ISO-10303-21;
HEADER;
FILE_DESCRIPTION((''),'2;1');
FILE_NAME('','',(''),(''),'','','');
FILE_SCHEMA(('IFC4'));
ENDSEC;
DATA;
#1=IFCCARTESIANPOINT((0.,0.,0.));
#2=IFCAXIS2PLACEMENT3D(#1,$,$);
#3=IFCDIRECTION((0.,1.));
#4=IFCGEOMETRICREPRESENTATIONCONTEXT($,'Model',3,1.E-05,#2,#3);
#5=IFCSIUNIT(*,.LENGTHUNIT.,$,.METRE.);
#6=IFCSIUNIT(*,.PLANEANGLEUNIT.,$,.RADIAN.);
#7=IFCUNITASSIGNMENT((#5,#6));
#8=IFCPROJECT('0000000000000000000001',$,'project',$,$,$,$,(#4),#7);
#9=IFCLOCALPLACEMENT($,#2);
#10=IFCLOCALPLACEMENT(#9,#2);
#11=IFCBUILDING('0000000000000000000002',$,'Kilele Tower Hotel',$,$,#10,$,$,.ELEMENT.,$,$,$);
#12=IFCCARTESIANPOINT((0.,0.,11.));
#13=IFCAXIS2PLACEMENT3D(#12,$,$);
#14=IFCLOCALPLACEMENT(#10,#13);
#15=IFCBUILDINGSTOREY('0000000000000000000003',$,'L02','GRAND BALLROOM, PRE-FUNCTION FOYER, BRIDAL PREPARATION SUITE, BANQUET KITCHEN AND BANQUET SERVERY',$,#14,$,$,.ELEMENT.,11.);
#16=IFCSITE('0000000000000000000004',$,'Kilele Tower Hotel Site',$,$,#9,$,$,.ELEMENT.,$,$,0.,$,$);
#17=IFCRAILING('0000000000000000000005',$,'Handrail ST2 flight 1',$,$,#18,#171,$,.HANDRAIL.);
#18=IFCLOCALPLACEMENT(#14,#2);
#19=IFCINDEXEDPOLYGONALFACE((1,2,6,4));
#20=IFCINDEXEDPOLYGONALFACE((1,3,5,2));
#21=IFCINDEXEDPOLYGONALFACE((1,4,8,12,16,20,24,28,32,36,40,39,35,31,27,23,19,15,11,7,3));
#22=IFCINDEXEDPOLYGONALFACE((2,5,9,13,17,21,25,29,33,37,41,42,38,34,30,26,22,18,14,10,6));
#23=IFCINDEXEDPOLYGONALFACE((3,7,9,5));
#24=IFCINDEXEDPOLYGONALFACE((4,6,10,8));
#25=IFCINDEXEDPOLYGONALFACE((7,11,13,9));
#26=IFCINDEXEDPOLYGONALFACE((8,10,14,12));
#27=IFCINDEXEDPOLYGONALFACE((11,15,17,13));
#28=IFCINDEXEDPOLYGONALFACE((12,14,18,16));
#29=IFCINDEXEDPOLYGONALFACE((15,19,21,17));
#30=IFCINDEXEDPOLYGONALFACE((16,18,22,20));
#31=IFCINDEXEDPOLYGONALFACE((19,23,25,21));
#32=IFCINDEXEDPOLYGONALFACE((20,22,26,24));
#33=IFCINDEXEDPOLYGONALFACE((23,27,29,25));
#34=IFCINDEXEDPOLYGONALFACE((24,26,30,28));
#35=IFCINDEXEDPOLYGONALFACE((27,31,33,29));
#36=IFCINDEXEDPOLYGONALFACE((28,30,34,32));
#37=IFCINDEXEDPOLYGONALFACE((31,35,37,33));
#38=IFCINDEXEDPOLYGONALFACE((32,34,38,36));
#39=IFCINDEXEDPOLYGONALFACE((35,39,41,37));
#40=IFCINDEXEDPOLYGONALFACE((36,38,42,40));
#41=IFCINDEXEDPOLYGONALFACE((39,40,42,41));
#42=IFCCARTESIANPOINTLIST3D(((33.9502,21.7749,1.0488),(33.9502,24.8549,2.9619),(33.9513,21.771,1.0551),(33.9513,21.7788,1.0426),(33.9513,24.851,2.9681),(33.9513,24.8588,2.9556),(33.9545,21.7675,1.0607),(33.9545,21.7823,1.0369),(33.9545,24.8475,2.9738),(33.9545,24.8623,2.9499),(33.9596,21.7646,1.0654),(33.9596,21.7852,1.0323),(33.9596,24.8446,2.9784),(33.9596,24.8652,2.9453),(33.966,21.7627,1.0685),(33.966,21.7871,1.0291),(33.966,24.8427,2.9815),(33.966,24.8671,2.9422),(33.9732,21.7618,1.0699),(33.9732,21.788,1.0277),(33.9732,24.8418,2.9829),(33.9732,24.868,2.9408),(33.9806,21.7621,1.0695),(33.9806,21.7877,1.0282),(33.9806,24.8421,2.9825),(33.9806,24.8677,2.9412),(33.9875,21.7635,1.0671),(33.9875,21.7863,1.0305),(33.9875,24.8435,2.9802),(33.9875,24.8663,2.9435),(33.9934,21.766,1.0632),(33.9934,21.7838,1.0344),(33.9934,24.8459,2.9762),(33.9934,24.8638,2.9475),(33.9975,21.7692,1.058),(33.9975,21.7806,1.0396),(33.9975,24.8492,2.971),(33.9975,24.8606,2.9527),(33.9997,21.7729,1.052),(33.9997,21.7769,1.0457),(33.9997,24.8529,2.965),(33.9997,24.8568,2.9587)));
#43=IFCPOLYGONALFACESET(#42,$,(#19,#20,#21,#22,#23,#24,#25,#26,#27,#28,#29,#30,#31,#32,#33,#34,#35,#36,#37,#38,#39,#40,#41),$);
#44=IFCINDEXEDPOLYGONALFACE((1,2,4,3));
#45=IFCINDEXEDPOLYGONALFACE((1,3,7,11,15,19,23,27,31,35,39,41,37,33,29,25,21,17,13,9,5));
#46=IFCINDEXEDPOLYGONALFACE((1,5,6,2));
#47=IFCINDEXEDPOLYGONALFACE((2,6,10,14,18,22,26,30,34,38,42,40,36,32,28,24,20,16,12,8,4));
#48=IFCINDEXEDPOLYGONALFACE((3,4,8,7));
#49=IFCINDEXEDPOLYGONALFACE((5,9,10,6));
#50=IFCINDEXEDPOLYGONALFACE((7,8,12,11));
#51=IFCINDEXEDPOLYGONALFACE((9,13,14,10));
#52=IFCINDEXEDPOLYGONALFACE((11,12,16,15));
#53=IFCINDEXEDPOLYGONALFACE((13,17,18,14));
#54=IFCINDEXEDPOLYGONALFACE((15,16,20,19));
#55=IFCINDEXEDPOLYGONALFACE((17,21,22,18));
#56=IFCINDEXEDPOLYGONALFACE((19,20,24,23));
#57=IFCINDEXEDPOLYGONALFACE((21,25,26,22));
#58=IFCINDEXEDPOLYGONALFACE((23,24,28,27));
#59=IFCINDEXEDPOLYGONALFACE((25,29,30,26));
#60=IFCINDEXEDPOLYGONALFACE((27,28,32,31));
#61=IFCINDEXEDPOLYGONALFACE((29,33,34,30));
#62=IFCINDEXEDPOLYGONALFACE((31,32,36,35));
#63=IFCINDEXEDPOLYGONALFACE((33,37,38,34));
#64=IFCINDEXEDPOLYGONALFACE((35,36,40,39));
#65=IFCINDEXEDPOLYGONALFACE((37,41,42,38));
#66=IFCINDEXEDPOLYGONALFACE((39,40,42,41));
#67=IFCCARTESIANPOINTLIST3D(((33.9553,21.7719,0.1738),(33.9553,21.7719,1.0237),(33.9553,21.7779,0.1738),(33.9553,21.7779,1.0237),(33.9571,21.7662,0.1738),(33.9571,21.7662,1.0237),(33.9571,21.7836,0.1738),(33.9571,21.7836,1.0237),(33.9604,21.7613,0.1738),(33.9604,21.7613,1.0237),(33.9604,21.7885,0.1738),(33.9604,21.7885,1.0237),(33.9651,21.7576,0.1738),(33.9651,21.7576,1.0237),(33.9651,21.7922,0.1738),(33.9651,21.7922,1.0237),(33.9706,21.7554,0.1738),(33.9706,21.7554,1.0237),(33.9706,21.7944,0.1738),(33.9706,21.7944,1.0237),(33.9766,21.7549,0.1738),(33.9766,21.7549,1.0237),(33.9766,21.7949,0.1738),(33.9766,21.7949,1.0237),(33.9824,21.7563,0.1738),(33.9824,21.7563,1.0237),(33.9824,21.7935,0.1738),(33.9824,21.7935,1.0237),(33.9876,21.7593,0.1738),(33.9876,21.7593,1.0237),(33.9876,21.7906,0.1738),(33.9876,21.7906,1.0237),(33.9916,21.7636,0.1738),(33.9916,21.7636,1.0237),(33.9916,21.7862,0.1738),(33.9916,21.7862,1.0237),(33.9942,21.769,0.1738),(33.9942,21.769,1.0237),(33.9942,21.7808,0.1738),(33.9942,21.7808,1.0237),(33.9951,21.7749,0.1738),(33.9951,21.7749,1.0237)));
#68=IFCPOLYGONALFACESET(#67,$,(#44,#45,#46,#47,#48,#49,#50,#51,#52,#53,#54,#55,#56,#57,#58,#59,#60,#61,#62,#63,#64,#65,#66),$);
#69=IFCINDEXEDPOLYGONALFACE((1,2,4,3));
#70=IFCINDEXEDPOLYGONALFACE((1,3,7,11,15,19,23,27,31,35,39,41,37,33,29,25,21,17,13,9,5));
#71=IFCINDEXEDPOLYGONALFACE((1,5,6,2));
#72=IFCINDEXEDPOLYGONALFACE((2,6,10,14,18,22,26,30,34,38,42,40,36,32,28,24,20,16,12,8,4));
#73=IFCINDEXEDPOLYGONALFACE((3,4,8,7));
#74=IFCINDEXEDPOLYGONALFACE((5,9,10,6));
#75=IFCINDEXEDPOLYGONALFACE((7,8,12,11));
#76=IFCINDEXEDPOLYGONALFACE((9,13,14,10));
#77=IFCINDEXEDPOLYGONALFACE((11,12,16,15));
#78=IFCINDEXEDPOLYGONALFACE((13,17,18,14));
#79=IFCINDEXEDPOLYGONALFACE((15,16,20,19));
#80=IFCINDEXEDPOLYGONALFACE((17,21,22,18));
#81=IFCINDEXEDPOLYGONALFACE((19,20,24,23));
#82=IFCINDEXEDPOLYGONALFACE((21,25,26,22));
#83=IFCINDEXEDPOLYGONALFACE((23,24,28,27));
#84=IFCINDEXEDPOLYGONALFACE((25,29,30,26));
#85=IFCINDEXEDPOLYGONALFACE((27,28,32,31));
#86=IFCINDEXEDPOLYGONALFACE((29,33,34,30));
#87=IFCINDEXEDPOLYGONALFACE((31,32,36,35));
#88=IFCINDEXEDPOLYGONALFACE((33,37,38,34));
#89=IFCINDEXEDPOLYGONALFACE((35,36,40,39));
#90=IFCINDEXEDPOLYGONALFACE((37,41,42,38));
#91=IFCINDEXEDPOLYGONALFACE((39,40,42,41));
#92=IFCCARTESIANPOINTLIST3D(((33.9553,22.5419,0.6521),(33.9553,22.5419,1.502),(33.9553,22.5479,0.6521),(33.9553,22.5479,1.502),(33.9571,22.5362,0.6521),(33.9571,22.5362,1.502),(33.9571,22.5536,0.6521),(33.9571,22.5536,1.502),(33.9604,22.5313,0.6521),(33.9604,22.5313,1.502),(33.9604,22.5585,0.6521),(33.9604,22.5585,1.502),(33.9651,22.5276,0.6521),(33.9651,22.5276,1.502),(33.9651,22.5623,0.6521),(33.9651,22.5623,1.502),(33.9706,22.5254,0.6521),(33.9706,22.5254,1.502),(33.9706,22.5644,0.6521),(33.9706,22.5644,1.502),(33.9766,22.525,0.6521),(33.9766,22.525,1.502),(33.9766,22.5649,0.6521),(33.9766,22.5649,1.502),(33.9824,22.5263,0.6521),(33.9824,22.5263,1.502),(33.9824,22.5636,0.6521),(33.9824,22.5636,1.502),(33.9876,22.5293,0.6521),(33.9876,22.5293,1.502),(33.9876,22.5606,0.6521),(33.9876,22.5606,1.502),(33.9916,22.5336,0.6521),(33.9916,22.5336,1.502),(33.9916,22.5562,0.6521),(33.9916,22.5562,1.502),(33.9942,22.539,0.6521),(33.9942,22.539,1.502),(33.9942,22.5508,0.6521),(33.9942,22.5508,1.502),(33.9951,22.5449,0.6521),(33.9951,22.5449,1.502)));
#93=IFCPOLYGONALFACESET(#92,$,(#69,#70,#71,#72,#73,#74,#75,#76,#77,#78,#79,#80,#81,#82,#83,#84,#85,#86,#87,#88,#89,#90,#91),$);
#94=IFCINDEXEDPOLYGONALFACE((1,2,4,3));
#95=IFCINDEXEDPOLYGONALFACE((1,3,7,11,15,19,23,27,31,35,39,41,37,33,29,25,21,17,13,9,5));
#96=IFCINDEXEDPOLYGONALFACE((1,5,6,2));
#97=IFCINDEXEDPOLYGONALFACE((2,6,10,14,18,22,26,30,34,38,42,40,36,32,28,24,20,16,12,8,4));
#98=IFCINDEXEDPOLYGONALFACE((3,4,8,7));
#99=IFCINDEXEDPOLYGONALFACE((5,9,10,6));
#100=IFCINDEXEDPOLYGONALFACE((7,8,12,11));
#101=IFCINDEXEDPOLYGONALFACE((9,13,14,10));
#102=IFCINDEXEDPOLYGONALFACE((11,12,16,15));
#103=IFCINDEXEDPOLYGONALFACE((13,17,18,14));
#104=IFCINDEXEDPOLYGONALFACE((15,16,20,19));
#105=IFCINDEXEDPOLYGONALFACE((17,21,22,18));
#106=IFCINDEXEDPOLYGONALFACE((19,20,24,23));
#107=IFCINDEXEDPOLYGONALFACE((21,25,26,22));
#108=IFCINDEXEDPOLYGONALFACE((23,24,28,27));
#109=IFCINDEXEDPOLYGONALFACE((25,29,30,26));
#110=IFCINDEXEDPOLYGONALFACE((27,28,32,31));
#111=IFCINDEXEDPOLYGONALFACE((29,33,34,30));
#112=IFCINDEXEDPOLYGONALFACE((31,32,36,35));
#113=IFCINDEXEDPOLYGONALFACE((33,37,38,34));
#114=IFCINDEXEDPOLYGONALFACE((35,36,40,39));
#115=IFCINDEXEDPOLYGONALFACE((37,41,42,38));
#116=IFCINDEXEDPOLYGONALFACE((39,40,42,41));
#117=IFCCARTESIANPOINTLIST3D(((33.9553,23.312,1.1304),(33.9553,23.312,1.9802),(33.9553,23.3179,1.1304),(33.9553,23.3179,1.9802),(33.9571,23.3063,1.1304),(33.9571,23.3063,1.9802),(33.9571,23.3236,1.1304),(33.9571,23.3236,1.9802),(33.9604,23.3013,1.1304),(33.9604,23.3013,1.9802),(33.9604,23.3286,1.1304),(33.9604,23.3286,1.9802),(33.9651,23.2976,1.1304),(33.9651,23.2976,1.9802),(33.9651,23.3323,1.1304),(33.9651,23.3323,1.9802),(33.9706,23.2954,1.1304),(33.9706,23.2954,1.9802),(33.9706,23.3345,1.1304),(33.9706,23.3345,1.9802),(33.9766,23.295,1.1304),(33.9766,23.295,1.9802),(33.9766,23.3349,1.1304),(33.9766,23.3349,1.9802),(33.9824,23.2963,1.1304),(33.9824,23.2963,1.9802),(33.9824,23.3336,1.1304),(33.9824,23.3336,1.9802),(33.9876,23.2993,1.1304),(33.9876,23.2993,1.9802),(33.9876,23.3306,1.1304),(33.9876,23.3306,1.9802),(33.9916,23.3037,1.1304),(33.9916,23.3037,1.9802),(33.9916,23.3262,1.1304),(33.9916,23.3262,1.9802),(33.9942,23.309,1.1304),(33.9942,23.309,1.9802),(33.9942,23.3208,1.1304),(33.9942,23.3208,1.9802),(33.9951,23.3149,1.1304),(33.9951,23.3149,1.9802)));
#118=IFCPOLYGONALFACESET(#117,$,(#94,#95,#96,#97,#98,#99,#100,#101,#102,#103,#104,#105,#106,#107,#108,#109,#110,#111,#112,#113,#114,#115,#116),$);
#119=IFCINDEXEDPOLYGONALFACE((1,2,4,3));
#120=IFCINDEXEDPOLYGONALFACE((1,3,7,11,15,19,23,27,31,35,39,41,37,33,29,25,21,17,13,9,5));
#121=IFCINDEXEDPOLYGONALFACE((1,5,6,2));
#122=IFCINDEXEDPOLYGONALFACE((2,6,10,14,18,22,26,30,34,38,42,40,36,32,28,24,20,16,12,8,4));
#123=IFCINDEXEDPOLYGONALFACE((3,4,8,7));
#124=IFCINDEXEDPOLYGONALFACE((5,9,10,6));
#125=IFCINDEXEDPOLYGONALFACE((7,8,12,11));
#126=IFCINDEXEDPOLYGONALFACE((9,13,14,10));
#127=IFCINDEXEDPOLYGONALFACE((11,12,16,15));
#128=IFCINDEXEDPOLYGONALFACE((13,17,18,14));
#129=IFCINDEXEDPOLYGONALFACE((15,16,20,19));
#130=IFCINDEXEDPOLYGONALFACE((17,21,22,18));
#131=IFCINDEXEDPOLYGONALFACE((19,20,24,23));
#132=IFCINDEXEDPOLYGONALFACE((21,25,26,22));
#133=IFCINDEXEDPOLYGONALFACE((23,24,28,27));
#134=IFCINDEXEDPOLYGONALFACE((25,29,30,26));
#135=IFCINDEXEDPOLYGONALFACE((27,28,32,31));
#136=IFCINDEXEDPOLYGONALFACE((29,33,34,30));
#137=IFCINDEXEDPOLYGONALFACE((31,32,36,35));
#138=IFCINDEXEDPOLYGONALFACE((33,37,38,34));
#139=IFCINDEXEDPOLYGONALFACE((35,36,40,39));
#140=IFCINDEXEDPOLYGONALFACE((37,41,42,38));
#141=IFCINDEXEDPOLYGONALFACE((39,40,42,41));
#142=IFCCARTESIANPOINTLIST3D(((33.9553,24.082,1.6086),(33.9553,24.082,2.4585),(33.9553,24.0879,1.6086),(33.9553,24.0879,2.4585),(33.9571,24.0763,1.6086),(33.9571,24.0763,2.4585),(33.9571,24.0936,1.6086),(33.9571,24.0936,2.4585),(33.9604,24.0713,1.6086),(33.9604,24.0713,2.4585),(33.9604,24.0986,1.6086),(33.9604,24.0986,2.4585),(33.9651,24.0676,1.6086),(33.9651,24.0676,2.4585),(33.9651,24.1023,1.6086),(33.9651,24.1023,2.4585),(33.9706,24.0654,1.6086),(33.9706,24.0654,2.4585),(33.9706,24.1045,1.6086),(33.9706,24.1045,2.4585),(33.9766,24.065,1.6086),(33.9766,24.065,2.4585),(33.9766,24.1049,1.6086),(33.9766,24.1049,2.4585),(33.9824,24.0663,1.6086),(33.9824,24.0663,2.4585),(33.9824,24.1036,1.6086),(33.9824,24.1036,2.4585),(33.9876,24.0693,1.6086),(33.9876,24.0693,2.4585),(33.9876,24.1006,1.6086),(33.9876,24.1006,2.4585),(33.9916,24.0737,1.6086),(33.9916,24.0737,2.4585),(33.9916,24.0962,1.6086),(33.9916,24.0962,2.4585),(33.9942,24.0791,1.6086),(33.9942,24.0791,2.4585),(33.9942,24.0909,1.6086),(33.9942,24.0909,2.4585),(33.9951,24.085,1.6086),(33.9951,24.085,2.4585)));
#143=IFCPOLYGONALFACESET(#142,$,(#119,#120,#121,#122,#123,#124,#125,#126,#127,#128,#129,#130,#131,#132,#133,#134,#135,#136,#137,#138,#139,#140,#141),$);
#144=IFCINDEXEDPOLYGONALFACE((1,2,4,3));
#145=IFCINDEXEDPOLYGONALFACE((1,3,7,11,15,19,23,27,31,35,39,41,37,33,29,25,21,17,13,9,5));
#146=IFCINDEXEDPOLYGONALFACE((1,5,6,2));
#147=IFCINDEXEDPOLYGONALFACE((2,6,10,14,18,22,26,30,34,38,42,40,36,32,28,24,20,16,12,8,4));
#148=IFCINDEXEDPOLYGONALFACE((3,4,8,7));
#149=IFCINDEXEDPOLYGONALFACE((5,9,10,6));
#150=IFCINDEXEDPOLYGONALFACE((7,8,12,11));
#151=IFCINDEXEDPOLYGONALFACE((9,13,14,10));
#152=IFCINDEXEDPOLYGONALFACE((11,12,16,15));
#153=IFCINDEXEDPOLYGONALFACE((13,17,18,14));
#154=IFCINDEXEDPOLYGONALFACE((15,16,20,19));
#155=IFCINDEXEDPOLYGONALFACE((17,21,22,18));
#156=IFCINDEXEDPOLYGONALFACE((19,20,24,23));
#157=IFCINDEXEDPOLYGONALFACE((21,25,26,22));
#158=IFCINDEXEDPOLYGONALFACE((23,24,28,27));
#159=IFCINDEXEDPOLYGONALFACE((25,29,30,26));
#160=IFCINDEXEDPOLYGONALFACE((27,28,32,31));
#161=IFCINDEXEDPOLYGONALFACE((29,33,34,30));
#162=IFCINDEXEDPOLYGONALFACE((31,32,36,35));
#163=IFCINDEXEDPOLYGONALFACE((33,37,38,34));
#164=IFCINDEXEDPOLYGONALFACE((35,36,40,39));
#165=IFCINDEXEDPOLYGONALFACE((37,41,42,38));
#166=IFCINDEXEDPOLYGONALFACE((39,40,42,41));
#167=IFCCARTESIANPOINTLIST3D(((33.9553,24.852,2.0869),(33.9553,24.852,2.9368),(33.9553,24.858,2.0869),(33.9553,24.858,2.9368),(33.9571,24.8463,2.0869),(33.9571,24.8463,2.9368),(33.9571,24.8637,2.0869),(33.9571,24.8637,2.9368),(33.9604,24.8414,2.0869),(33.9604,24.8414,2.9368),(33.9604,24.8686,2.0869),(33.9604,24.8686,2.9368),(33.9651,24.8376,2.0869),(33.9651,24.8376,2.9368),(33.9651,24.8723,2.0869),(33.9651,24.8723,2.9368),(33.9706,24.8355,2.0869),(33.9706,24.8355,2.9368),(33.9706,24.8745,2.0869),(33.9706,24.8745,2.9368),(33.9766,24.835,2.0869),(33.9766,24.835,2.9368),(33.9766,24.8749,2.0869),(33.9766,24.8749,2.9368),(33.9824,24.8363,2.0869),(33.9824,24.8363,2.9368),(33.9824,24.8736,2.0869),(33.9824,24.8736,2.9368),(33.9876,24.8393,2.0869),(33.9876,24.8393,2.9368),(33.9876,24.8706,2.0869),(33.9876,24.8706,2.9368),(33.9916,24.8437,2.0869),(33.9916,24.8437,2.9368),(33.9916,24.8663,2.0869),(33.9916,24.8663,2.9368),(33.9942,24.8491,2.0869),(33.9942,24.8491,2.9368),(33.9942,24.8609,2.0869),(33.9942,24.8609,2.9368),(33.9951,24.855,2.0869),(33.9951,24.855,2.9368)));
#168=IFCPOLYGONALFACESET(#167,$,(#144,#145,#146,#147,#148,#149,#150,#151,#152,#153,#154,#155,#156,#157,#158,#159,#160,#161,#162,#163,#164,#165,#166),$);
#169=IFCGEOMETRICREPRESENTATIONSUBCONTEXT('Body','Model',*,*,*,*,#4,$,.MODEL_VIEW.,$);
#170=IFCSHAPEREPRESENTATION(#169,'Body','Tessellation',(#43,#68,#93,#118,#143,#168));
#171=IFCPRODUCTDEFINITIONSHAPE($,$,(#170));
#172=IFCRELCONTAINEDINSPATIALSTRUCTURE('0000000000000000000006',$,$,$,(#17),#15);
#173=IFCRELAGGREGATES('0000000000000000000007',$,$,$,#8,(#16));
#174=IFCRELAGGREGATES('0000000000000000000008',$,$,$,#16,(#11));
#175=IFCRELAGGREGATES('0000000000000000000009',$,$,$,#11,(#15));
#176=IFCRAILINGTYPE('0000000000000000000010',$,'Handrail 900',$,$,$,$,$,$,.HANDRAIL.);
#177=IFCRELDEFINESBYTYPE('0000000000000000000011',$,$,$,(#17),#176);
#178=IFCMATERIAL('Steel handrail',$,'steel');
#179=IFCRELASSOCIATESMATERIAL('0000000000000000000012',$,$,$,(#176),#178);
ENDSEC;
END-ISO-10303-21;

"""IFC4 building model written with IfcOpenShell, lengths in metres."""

from ifc_helpers import new_model, si_unit, direction, frame, origin, origin_2d, place, context, subcontext, project, spatial, circle, extrude, material, type_object, element, save


model = new_model("IFC4")

# Units and contexts
model_context = context("Model", 3, precision=1e-05, world=origin(), true_north=direction((0.0, 1.0)))
body_context = subcontext(model_context, "Body", "Model", "MODEL_VIEW")
ifc_project = project(units=[si_unit("LENGTHUNIT", "METRE"), si_unit("PLANEANGLEUNIT", "RADIAN")], contexts=[model_context])

# Site, building, storey
site_placement = place(None, origin())
site = spatial("IfcSite", under=ifc_project, at=site_placement, Name="Kilele Tower Hotel Site", CompositionType="ELEMENT", RefElevation=0.0)
building_placement = place(site_placement, origin())
building = spatial("IfcBuilding", under=site, at=building_placement, Name="Kilele Tower Hotel", CompositionType="ELEMENT")
storey_placement = place(building_placement, frame((0.0, 0.0, 11.0)))
storey = spatial("IfcBuildingStorey", under=building, at=storey_placement, Name="L02", Description="GRAND BALLROOM, PRE-FUNCTION FOYER, BRIDAL PREPARATION SUITE, BANQUET KITCHEN AND BANQUET SERVERY", CompositionType="ELEMENT", Elevation=11.0)

# Railing
ifc_material_1 = material(Name="Steel handrail", Category="steel")
railing_type_1 = type_object("IfcRailingType", Name="Handrail 900", PredefinedType="HANDRAIL", material=ifc_material_1)
railing_1_placement = place(storey_placement, frame((33.9751, 21.7749, 0.1738)))
element("IfcRailing", 1, at=railing_1_placement, inside=storey, type_object=railing_type_1, Name="Handrail ST2 flight 1", PredefinedType="HANDRAIL", context=body_context, shape_type="SweptSolid", body=[
    extrude(circle(Radius=0.0249, at=origin_2d()), frame((0.0, 0.0, 0.875), z_axis=(0.0, 0.849478, 0.527624), x_axis=(-1.0, 0.0, 0.0)), (0.0, 0.0, 1.0), 3.6257),
    extrude(circle(Radius=0.02, at=origin_2d()), origin(), (0.0, 0.0, 1.0), 0.8499),
    extrude(circle(Radius=0.02, at=origin_2d()), frame((0.0, 0.77, 0.4783)), (0.0, 0.0, 1.0), 0.8499),
    extrude(circle(Radius=0.02, at=origin_2d()), frame((0.0, 1.54, 0.9565)), (0.0, 0.0, 1.0), 0.8499),
    extrude(circle(Radius=0.02, at=origin_2d()), frame((0.0, 2.3101, 1.4348)), (0.0, 0.0, 1.0), 0.8499),
    extrude(circle(Radius=0.02, at=origin_2d()), frame((0.0, 3.0801, 1.9131)), (0.0, 0.0, 1.0), 0.8499),
])

save(model, "model.ifc")
